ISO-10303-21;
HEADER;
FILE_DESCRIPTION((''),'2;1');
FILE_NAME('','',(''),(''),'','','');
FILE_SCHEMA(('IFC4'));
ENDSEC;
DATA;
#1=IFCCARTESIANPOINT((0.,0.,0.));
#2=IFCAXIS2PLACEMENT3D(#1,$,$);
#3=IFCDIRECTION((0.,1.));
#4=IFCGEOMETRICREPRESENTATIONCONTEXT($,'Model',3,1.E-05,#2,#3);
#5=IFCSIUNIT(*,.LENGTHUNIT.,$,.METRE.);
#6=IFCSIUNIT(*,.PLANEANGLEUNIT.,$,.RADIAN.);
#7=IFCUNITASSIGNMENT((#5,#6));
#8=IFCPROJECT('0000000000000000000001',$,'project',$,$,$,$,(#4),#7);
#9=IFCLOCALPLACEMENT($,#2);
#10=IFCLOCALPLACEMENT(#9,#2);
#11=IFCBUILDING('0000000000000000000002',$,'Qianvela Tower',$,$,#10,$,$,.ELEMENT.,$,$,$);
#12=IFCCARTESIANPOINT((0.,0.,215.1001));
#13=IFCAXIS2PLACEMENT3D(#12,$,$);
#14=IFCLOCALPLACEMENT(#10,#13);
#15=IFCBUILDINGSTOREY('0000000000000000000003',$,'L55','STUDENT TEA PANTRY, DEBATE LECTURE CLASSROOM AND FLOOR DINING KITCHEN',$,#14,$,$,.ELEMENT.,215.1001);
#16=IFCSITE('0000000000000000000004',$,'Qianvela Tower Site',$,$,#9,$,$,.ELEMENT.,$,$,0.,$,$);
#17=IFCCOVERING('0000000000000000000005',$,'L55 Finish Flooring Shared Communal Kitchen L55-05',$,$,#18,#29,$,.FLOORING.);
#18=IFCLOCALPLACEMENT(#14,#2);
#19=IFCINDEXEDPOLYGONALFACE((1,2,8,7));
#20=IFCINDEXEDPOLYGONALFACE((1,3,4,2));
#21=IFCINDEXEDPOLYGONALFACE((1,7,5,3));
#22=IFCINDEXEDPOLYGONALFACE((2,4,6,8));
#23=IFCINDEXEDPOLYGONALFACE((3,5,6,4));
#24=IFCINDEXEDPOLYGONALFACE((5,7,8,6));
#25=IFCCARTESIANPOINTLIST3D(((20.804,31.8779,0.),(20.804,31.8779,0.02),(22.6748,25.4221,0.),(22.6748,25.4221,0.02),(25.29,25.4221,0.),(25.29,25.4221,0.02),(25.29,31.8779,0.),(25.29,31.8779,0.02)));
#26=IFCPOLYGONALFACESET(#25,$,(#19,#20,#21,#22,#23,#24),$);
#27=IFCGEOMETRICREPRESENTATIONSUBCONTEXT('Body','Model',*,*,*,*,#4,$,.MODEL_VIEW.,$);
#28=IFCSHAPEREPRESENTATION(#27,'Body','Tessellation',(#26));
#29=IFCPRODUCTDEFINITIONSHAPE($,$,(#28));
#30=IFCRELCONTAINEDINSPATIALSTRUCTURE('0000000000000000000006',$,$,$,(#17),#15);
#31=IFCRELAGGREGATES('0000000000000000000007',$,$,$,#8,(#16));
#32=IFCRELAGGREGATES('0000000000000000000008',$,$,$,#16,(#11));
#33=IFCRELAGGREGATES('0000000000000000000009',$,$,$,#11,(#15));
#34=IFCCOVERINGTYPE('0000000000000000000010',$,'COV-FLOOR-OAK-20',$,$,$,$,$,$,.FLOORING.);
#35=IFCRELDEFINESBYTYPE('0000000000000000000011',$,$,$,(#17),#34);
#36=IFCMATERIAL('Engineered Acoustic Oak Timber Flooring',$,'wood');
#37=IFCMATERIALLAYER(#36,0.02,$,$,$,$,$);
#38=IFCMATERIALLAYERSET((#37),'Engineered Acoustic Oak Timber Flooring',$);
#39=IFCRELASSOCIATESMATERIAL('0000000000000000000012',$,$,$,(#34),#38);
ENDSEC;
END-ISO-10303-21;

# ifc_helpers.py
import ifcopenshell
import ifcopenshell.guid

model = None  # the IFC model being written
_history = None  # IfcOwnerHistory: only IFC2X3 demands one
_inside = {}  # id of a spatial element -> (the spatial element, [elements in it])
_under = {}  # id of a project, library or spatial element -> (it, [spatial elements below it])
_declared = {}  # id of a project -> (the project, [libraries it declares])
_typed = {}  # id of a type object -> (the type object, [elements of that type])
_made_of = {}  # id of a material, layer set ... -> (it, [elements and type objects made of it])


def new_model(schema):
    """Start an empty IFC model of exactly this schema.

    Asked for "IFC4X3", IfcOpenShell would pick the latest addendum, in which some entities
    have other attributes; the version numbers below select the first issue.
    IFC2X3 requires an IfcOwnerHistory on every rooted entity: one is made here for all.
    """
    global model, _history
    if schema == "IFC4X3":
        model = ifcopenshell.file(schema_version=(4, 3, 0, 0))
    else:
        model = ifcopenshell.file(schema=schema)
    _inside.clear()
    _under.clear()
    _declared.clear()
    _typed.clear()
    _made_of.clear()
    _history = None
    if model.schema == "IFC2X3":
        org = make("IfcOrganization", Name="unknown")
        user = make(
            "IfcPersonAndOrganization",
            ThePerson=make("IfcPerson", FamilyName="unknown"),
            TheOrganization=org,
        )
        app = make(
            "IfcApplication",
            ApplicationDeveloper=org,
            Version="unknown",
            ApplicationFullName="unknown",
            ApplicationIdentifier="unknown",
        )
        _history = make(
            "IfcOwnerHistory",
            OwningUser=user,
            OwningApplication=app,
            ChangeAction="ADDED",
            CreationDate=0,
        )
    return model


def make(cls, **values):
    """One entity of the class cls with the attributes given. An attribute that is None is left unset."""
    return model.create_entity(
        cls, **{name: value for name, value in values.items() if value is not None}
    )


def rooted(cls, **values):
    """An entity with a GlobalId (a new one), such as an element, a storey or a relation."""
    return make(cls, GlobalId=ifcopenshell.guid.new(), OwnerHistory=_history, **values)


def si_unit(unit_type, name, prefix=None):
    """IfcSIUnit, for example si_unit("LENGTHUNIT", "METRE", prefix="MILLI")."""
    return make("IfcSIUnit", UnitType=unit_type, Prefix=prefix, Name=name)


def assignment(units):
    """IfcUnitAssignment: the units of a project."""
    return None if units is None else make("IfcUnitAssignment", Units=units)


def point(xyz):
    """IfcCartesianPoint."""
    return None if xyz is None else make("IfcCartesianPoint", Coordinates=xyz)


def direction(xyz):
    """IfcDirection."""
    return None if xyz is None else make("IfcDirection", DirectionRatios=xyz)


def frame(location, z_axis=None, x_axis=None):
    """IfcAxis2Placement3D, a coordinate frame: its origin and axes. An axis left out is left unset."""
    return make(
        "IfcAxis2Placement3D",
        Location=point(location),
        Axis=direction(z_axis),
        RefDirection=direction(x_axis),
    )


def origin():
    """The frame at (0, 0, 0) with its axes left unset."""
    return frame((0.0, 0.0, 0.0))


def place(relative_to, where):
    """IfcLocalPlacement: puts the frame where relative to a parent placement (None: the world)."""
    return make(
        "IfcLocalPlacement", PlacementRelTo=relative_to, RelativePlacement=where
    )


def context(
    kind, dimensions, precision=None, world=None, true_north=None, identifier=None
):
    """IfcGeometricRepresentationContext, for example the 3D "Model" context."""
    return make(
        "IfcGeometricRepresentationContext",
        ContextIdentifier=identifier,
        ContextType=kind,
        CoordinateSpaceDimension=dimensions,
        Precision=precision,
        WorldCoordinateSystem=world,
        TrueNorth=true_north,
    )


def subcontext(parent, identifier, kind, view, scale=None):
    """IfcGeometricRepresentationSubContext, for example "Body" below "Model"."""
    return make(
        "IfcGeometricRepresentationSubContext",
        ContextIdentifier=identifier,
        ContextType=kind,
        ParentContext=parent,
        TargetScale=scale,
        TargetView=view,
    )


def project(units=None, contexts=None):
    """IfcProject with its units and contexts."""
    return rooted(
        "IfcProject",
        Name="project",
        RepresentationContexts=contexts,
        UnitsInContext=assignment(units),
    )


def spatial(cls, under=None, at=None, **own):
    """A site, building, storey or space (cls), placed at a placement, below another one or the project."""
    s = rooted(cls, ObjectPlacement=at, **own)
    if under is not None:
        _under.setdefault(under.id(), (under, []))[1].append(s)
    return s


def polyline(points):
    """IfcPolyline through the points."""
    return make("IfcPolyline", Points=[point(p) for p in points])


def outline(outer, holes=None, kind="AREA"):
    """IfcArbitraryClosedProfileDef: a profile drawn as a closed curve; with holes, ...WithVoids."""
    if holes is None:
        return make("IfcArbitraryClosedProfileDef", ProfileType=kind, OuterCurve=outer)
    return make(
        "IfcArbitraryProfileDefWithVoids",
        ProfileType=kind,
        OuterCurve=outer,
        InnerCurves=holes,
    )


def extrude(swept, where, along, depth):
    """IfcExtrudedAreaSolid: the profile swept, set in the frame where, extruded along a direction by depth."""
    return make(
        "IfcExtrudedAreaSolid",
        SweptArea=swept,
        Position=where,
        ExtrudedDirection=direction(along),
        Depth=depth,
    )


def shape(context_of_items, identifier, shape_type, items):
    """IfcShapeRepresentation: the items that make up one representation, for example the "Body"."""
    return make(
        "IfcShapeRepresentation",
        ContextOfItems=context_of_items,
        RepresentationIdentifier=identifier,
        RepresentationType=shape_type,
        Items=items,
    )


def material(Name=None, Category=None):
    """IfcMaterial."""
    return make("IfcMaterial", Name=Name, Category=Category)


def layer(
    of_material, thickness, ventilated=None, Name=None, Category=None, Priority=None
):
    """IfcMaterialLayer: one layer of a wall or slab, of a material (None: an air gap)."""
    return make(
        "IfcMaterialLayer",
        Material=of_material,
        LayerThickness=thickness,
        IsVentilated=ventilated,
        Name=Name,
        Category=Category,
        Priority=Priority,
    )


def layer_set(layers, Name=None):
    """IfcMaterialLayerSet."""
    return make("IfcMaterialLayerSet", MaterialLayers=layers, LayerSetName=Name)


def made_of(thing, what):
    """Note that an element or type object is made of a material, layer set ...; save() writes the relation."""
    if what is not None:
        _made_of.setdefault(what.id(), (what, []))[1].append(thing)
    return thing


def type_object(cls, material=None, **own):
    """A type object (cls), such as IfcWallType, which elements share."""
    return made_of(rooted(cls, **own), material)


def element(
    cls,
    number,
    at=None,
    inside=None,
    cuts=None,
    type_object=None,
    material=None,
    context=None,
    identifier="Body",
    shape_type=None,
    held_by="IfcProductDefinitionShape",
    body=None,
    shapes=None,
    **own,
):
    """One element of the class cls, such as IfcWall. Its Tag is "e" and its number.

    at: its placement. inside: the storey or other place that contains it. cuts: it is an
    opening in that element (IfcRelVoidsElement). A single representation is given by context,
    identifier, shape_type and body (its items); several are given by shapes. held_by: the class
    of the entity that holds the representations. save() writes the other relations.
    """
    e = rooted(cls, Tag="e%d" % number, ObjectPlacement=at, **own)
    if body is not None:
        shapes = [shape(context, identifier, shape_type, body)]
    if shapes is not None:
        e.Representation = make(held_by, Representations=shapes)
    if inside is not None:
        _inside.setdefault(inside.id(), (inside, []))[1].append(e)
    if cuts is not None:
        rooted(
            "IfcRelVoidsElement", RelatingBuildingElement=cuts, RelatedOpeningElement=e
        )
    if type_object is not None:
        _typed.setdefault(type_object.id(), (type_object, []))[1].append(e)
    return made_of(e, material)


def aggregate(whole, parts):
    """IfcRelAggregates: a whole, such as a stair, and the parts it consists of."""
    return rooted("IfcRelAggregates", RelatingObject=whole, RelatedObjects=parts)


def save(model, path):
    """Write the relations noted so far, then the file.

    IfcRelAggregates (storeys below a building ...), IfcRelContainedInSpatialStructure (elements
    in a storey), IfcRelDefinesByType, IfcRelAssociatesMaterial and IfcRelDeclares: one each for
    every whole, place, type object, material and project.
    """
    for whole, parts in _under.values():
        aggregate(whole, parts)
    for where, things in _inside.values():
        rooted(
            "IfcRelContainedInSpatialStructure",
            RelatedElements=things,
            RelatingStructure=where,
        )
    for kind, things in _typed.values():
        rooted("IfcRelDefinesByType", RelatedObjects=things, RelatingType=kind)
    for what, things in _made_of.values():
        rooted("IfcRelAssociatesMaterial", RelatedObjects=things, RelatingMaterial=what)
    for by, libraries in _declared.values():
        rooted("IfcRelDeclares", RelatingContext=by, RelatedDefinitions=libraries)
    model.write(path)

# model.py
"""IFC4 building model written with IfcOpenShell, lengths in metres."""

from ifc_helpers import new_model, si_unit, direction, frame, origin, place, context, subcontext, project, spatial, polyline, outline, extrude, material, layer, layer_set, type_object, element, save


model = new_model("IFC4")

# Units and contexts
model_context = context("Model", 3, precision=1e-05, world=origin(), true_north=direction((0.0, 1.0)))
body_context = subcontext(model_context, "Body", "Model", "MODEL_VIEW")
ifc_project = project(units=[si_unit("LENGTHUNIT", "METRE"), si_unit("PLANEANGLEUNIT", "RADIAN")], contexts=[model_context])

# Site, building, storey
site_placement = place(None, origin())
site = spatial("IfcSite", under=ifc_project, at=site_placement, Name="Qianvela Tower Site", CompositionType="ELEMENT", RefElevation=0.0)
building_placement = place(site_placement, origin())
building = spatial("IfcBuilding", under=site, at=building_placement, Name="Qianvela Tower", CompositionType="ELEMENT")
storey_placement = place(building_placement, frame((0.0, 0.0, 215.1001)))
storey = spatial("IfcBuildingStorey", under=building, at=storey_placement, Name="L55", Description="STUDENT TEA PANTRY, DEBATE LECTURE CLASSROOM AND FLOOR DINING KITCHEN", CompositionType="ELEMENT", Elevation=215.1001)

# Covering
ifc_material_1 = material(Name="Engineered Acoustic Oak Timber Flooring", Category="wood")
ifc_layer_1 = layer(ifc_material_1, 0.02)
ifc_layer_set_1 = layer_set([ifc_layer_1], Name="Engineered Acoustic Oak Timber Flooring")
covering_type_1 = type_object("IfcCoveringType", Name="COV-FLOOR-OAK-20", PredefinedType="FLOORING", material=ifc_layer_set_1)
covering_1_placement = place(storey_placement, origin())
element("IfcCovering", 1, at=covering_1_placement, inside=storey, type_object=covering_type_1, Name="L55 Finish Flooring Shared Communal Kitchen L55-05", PredefinedType="FLOORING", context=body_context, shape_type="SweptSolid", body=[
    extrude(outline(polyline([(25.29, 31.8779), (25.29, 25.4221), (22.6748, 25.4221), (20.804, 31.8779), (25.29, 31.8779)])), origin(), (0.0, 0.0, 1.0), 0.02),
])

save(model, "model.ifc")
